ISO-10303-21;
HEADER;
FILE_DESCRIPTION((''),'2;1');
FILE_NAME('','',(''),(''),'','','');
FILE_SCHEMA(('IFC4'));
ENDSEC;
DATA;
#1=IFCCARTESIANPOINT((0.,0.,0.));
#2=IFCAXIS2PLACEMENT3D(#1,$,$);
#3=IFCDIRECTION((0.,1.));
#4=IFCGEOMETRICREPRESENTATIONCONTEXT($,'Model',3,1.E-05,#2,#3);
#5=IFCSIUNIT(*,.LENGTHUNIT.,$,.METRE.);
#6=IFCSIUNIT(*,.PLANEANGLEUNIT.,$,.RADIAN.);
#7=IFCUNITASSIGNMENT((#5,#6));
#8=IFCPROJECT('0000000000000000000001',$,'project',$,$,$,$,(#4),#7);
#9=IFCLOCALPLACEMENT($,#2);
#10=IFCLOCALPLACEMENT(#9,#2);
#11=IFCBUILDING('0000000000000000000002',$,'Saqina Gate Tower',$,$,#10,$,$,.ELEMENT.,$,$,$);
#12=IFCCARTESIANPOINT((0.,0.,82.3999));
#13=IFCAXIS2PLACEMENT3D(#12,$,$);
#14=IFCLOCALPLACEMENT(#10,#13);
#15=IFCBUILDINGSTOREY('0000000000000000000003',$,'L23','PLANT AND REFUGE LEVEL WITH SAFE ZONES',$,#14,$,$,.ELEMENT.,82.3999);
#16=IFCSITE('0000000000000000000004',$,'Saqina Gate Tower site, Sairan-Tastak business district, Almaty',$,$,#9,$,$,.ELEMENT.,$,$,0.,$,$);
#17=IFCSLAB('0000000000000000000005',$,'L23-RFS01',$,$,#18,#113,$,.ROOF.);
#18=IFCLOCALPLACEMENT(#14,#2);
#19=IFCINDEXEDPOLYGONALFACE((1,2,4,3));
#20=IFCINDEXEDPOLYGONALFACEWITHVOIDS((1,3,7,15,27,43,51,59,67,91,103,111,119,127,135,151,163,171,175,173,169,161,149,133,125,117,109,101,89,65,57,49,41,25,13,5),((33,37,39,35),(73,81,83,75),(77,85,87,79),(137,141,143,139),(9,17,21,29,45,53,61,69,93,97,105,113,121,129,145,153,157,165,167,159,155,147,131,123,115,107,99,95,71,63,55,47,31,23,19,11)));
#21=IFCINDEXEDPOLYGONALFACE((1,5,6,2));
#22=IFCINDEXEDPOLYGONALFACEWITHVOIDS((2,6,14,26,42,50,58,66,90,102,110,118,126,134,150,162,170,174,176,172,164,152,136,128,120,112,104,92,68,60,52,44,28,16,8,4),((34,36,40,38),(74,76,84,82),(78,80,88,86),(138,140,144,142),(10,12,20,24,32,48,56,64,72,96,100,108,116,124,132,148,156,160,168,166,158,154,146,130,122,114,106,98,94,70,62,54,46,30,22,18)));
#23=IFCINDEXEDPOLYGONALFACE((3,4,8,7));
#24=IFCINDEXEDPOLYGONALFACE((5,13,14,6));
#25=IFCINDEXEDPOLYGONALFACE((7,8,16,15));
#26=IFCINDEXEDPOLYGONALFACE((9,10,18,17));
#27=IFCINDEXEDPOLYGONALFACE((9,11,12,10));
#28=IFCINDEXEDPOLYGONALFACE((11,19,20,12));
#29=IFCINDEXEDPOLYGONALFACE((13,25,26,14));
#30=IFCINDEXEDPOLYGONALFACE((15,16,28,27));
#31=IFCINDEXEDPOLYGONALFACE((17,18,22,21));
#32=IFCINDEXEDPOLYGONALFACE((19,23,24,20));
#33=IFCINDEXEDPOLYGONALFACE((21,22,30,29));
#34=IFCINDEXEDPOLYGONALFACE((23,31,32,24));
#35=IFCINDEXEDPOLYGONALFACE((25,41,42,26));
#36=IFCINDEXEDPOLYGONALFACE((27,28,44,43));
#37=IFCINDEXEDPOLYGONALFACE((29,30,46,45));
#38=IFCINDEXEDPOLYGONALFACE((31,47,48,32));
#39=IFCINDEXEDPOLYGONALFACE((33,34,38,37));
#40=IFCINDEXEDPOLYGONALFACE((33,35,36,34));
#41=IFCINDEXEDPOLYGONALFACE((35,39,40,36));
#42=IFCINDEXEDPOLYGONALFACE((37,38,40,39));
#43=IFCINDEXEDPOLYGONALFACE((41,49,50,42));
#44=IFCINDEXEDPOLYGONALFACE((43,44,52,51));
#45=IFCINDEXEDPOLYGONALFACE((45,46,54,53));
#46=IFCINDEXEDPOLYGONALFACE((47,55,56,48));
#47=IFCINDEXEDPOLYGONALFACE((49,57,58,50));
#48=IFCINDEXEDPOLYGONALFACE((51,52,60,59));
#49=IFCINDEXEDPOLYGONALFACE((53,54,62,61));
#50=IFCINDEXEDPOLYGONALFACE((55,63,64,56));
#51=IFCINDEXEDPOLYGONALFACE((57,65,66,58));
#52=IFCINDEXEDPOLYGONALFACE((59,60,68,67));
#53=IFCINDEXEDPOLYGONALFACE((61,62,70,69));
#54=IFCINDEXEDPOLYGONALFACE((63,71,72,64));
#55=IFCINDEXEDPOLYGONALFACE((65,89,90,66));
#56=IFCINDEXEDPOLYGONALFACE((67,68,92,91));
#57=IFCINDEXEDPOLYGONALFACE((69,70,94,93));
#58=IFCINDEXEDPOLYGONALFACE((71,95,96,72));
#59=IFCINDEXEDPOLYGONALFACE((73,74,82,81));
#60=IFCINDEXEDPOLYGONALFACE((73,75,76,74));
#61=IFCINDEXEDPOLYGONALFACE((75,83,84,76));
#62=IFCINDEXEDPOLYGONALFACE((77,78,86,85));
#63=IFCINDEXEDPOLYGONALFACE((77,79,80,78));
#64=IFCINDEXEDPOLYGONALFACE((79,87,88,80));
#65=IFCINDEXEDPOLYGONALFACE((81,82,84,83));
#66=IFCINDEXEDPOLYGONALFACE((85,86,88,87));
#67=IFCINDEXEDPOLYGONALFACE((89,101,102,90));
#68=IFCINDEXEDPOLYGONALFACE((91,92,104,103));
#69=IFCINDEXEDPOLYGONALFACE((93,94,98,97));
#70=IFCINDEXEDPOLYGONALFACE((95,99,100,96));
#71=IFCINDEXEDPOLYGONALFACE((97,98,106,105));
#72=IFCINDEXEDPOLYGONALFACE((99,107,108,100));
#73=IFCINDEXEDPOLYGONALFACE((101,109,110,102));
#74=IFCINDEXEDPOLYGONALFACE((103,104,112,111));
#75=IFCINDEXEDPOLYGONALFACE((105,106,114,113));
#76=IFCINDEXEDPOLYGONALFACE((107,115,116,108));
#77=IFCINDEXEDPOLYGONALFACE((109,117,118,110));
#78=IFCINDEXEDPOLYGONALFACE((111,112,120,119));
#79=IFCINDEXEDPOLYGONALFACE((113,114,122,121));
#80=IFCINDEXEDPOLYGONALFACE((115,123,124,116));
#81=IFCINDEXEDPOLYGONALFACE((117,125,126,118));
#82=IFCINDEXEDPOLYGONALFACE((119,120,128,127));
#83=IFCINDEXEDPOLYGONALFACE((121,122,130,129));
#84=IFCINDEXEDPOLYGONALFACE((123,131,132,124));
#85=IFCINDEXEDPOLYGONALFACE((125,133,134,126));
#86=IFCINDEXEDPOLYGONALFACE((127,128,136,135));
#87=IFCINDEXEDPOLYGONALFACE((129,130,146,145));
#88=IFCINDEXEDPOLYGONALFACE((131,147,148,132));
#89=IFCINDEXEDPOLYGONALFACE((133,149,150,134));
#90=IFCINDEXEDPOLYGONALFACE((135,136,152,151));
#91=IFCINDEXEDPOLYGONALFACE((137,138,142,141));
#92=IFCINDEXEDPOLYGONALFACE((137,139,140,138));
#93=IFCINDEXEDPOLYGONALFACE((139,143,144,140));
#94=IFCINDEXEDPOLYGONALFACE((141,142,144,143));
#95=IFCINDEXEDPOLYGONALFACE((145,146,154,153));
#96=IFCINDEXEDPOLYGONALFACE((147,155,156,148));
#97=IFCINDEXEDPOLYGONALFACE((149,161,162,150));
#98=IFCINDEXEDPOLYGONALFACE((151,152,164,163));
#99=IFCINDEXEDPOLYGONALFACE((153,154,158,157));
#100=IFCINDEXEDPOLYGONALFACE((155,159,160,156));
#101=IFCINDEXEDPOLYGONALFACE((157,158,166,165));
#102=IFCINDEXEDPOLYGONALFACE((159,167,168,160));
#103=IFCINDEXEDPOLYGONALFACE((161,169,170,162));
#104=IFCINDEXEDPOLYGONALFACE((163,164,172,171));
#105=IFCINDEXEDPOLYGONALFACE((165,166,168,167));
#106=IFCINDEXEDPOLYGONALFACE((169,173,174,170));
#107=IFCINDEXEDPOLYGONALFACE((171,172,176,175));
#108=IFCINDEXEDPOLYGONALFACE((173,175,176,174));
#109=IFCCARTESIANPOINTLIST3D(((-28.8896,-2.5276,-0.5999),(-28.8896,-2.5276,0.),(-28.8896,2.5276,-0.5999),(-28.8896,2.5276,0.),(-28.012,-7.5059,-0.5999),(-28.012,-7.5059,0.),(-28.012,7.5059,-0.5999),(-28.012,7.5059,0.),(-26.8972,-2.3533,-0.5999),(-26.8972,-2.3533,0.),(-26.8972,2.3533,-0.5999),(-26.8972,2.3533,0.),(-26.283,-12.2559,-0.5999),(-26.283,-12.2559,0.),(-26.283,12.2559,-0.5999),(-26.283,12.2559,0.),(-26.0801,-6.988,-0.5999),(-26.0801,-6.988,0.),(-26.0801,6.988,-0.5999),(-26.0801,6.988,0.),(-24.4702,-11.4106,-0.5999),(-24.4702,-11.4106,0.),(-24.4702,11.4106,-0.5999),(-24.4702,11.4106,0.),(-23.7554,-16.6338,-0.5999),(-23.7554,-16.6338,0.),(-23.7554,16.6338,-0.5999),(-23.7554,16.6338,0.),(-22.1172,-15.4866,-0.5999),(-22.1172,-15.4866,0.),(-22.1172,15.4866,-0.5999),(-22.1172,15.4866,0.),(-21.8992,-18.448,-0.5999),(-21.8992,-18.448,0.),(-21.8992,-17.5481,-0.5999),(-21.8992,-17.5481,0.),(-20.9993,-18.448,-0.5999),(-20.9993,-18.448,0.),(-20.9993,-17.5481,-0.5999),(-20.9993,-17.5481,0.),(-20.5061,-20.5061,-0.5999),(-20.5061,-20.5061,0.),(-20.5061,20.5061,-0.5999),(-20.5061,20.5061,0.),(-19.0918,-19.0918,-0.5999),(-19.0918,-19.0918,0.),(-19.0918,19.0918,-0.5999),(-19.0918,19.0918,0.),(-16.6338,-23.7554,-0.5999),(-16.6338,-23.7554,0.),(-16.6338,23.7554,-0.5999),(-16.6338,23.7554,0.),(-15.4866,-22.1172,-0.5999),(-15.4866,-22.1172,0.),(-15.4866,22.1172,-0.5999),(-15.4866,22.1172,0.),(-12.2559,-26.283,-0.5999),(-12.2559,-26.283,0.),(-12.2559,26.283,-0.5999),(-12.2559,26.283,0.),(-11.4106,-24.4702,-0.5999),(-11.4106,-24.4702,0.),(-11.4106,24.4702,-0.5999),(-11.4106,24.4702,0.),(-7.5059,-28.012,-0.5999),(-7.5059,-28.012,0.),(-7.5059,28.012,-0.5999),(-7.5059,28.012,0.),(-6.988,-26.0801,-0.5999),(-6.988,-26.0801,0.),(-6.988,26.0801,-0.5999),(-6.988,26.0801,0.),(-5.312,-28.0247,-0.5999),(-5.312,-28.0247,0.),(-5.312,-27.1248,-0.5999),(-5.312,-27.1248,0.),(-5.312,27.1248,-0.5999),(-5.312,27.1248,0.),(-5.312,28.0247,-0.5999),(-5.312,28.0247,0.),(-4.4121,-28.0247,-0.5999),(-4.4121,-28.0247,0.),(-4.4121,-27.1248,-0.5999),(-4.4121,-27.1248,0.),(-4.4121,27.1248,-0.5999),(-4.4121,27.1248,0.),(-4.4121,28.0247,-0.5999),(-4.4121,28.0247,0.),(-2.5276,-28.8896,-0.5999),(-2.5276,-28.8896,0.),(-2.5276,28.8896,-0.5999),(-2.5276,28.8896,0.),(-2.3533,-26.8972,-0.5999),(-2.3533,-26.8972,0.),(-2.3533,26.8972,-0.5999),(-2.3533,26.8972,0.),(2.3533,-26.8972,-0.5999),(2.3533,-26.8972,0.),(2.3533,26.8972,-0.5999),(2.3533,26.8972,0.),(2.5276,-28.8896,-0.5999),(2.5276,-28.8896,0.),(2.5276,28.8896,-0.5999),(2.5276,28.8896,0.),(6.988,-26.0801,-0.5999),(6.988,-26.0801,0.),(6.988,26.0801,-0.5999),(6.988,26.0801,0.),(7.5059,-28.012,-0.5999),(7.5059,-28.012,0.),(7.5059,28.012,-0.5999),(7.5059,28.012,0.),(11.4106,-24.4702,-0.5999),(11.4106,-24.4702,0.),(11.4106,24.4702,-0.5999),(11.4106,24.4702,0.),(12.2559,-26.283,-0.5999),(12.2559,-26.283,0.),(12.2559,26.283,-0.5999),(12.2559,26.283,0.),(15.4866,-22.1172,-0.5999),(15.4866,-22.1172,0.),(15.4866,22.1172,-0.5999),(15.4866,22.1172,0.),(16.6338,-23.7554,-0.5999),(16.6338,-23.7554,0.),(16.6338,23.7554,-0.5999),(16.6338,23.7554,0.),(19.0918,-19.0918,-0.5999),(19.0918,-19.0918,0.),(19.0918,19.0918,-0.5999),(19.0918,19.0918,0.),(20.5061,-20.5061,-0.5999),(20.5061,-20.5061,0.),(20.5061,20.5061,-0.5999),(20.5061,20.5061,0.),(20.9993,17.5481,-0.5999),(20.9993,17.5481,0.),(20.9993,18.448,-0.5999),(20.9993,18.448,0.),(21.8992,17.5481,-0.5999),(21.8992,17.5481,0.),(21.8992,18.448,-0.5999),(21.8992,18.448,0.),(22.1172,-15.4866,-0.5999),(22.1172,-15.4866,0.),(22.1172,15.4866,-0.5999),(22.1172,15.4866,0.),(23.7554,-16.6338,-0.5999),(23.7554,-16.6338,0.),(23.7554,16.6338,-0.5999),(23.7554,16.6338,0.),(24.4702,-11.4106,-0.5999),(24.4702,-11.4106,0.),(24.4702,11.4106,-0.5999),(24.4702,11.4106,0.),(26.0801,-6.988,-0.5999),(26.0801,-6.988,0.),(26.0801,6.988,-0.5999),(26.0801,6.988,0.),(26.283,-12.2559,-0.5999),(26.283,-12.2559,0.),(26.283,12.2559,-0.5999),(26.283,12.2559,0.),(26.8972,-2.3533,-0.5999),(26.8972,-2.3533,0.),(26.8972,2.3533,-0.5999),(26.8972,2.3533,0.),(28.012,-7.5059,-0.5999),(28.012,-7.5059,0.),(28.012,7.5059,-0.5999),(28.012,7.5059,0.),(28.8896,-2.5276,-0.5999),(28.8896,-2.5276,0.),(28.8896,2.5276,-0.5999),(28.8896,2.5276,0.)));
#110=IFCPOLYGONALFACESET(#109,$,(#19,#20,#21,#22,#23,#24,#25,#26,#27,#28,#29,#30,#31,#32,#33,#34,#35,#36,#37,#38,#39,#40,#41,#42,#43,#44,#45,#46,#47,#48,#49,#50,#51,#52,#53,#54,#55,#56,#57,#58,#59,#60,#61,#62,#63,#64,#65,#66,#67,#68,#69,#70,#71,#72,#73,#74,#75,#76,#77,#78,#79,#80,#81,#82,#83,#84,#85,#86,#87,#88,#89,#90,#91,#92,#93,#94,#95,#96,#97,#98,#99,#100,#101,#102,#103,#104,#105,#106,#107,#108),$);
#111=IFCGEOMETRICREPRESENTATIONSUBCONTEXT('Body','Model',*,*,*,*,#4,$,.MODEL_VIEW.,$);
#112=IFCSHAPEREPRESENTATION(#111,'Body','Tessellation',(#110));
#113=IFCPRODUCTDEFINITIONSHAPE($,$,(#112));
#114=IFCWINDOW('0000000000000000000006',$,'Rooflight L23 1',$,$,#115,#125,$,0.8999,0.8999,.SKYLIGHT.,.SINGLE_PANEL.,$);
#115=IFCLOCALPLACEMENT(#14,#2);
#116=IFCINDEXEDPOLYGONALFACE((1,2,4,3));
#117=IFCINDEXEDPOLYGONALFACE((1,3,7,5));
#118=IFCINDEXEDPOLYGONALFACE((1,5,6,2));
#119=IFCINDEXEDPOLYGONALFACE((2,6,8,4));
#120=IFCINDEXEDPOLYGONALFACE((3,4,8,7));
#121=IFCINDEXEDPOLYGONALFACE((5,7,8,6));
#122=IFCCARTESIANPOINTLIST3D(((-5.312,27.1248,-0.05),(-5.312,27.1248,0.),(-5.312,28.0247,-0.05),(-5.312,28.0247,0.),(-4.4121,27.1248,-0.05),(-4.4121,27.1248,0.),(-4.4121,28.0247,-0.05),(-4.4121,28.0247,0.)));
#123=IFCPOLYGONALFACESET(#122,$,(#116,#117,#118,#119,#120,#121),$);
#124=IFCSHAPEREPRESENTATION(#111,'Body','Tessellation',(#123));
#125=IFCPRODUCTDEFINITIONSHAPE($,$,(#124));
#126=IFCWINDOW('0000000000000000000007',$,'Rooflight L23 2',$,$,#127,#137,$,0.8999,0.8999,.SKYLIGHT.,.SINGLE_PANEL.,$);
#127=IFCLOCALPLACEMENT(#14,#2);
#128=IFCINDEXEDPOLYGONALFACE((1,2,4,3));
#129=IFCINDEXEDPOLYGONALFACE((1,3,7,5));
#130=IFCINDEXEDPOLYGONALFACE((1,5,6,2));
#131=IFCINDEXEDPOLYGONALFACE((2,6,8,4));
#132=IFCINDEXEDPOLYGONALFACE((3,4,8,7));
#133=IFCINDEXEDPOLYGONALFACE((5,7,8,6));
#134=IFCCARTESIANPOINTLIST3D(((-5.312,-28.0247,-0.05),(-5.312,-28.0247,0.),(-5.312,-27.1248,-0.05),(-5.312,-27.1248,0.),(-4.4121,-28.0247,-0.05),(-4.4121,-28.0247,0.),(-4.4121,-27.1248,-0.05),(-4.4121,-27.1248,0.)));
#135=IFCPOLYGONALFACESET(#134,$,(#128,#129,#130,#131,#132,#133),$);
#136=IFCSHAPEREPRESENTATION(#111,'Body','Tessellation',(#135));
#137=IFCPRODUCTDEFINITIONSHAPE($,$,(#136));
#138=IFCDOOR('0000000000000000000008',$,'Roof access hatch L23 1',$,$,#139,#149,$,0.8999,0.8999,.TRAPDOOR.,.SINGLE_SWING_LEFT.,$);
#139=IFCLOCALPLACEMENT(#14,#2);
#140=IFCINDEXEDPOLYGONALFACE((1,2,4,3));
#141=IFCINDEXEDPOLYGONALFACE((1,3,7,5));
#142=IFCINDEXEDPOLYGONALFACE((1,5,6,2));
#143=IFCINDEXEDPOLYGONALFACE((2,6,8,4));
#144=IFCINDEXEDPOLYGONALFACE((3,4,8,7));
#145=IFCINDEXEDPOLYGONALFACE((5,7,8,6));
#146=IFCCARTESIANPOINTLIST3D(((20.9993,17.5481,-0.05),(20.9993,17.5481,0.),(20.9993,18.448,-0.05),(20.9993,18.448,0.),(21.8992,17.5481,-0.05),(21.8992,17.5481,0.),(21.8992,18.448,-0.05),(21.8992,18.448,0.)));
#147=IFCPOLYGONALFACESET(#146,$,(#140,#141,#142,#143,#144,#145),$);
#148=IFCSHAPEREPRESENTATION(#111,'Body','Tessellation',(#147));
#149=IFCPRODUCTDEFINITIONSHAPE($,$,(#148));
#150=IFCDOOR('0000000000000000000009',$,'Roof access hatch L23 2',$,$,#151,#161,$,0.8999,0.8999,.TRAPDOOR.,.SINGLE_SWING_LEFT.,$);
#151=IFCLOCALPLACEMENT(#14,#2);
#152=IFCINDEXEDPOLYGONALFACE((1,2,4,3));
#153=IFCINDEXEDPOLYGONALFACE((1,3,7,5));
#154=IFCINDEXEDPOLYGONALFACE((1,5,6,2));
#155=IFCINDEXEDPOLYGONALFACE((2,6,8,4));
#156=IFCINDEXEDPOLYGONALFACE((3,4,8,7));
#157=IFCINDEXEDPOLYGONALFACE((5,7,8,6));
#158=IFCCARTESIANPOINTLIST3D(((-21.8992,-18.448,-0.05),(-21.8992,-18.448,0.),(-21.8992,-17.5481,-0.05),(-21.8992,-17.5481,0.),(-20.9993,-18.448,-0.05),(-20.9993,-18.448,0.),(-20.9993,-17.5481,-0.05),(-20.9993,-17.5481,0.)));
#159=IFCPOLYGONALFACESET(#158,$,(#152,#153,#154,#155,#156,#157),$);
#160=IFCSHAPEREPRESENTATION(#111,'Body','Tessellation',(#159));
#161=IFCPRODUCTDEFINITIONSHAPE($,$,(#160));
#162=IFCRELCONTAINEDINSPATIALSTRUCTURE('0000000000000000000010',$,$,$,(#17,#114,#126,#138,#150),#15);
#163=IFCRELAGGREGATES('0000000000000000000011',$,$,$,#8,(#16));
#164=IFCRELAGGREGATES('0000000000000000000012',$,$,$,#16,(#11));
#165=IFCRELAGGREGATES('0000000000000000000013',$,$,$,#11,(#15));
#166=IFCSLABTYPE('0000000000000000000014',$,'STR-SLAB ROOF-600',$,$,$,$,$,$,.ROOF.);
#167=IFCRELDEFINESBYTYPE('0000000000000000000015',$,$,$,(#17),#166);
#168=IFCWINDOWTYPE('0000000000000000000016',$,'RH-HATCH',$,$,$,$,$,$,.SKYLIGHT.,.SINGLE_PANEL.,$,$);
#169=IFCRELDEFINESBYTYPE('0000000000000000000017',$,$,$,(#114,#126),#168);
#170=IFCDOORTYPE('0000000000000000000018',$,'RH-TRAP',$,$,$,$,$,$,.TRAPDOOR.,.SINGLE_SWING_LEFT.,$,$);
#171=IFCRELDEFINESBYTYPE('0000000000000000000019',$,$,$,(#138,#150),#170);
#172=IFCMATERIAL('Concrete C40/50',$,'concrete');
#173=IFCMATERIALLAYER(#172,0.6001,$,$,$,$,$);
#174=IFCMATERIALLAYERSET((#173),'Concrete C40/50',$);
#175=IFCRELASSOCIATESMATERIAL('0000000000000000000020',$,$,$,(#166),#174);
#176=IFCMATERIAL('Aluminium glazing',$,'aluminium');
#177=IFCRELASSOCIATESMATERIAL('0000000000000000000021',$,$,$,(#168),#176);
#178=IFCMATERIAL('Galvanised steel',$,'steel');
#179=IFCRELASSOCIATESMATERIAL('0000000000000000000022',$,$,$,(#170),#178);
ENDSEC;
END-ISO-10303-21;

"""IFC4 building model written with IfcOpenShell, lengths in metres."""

from ifc_helpers import new_model, si_unit, direction, frame, origin, origin_2d, place, context, subcontext, project, spatial, polyline, rectangle, outline, extrude, material, layer, layer_set, type_object, element, fill, save


model = new_model("IFC4")

# Units and contexts
model_context = context("Model", 3, precision=1e-05, world=origin(), true_north=direction((0.0, 1.0)))
body_context = subcontext(model_context, "Body", "Model", "MODEL_VIEW")
ifc_project = project(units=[si_unit("LENGTHUNIT", "METRE"), si_unit("PLANEANGLEUNIT", "RADIAN")], contexts=[model_context])

# Site, building, storey
site_placement = place(None, origin())
site = spatial("IfcSite", under=ifc_project, at=site_placement, Name="Saqina Gate Tower site, Sairan-Tastak business district, Almaty", CompositionType="ELEMENT", RefElevation=0.0)
building_placement = place(site_placement, origin())
building = spatial("IfcBuilding", under=site, at=building_placement, Name="Saqina Gate Tower", CompositionType="ELEMENT")
storey_placement = place(building_placement, frame((0.0, 0.0, 82.3999)))
storey = spatial("IfcBuildingStorey", under=building, at=storey_placement, Name="L23", Description="PLANT AND REFUGE LEVEL WITH SAFE ZONES", CompositionType="ELEMENT", Elevation=82.3999)

# Slab, openings, windows, doors
ifc_material_1 = material(Name="Concrete C40/50", Category="concrete")
ifc_layer_1 = layer(ifc_material_1, 0.6001)
ifc_layer_set_1 = layer_set([ifc_layer_1], Name="Concrete C40/50")
slab_type_1 = type_object("IfcSlabType", Name="STR-SLAB ROOF-600", PredefinedType="ROOF", material=ifc_layer_set_1)
slab_1_placement = place(storey_placement, frame((0.0, 0.0, -0.5999)))
slab_1 = element("IfcSlab", 1, at=slab_1_placement, inside=storey, type_object=slab_type_1, Name="L23-RFS01", PredefinedType="ROOF", context=body_context, shape_type="SweptSolid", body=[
    extrude(outline(polyline([(28.8896, 2.5276), (28.012, 7.5059), (26.283, 12.2559), (23.7554, 16.6338), (20.5061, 20.5061), (16.6338, 23.7554), (12.2559, 26.283), (7.5059, 28.012), (2.5276, 28.8896), (-2.5276, 28.8896), (-7.5059, 28.012), (-12.2559, 26.283), (-16.6338, 23.7554), (-20.5061, 20.5061), (-23.7554, 16.6338), (-26.283, 12.2559), (-28.012, 7.5059), (-28.8896, 2.5276), (-28.8896, -2.5276), (-28.012, -7.5059), (-26.283, -12.2559), (-23.7554, -16.6338), (-20.5061, -20.5061), (-16.6338, -23.7554), (-12.2559, -26.283), (-7.5059, -28.012), (-2.5276, -28.8896), (2.5276, -28.8896), (7.5059, -28.012), (12.2559, -26.283), (16.6338, -23.7554), (20.5061, -20.5061), (23.7554, -16.6338), (26.283, -12.2559), (28.012, -7.5059), (28.8896, -2.5276), (28.8896, 2.5276)]), holes=[polyline([(26.8972, 2.3533), (26.8972, -2.3533), (26.0801, -6.988), (24.4702, -11.4106), (22.1172, -15.4866), (19.0918, -19.0918), (15.4866, -22.1172), (11.4106, -24.4702), (6.988, -26.0801), (2.3533, -26.8972), (-2.3533, -26.8972), (-6.988, -26.0801), (-11.4106, -24.4702), (-15.4866, -22.1172), (-19.0918, -19.0918), (-22.1172, -15.4866), (-24.4702, -11.4106), (-26.0801, -6.988), (-26.8972, -2.3533), (-26.8972, 2.3533), (-26.0801, 6.988), (-24.4702, 11.4106), (-22.1172, 15.4866), (-19.0918, 19.0918), (-15.4866, 22.1172), (-11.4106, 24.4702), (-6.988, 26.0801), (-2.3533, 26.8972), (2.3533, 26.8972), (6.988, 26.0801), (11.4106, 24.4702), (15.4866, 22.1172), (19.0918, 19.0918), (22.1172, 15.4866), (24.4702, 11.4106), (26.0801, 6.988), (26.8972, 2.3533)])]), origin(), (0.0, 0.0, 1.0), 0.5999),
])
opening_1_placement = place(slab_1_placement, frame((-4.8621, 27.5747, 0.0)))
opening_1 = element("IfcOpeningElement", 2, at=opening_1_placement, cuts=slab_1, PredefinedType="OPENING", context=body_context, shape_type="SweptSolid", body=[
    extrude(rectangle(XDim=0.8999, YDim=0.8999, at=origin_2d()), frame((0.0, 0.0, -0.012)), (0.0, 0.0, 1.0), 0.6238),
])
opening_2_placement = place(slab_1_placement, frame((-4.8621, -27.5747, 0.0)))
opening_2 = element("IfcOpeningElement", 3, at=opening_2_placement, cuts=slab_1, PredefinedType="OPENING", context=body_context, shape_type="SweptSolid", body=[
    extrude(rectangle(XDim=0.8999, YDim=0.8999, at=origin_2d()), frame((0.0, 0.0, -0.012)), (0.0, 0.0, 1.0), 0.6238),
])
opening_3_placement = place(slab_1_placement, frame((21.4492, 17.998, 0.0)))
opening_3 = element("IfcOpeningElement", 4, at=opening_3_placement, cuts=slab_1, PredefinedType="OPENING", context=body_context, shape_type="SweptSolid", body=[
    extrude(rectangle(XDim=0.8999, YDim=0.8999, at=origin_2d()), frame((0.0, 0.0, -0.012)), (0.0, 0.0, 1.0), 0.6238),
])
opening_4_placement = place(slab_1_placement, frame((-21.4492, -17.998, 0.0)))
opening_4 = element("IfcOpeningElement", 5, at=opening_4_placement, cuts=slab_1, PredefinedType="OPENING", context=body_context, shape_type="SweptSolid", body=[
    extrude(rectangle(XDim=0.8999, YDim=0.8999, at=origin_2d()), frame((0.0, 0.0, -0.012)), (0.0, 0.0, 1.0), 0.6238),
])
ifc_material_2 = material(Name="Aluminium glazing", Category="aluminium")
window_type_1 = type_object("IfcWindowType", Name="RH-HATCH", PartitioningType="SINGLE_PANEL", PredefinedType="SKYLIGHT", material=ifc_material_2)
window_1_placement = place(opening_1_placement, frame((0.0, 0.0, 0.5498)))
window_1 = element("IfcWindow", 6, at=window_1_placement, inside=storey, type_object=window_type_1, Name="Rooflight L23 1", OverallHeight=0.8999, OverallWidth=0.8999, PartitioningType="SINGLE_PANEL", PredefinedType="SKYLIGHT", context=body_context, shape_type="SweptSolid", body=[
    extrude(rectangle(XDim=0.8999, YDim=0.8999, at=origin_2d()), origin(), (0.0, 0.0, 1.0), 0.05),
])
fill(opening_1, window_1)
window_2_placement = place(opening_2_placement, frame((0.0, 0.0, 0.5498)))
window_2 = element("IfcWindow", 7, at=window_2_placement, inside=storey, type_object=window_type_1, Name="Rooflight L23 2", OverallHeight=0.8999, OverallWidth=0.8999, PartitioningType="SINGLE_PANEL", PredefinedType="SKYLIGHT", context=body_context, shape_type="SweptSolid", body=[
    extrude(rectangle(XDim=0.8999, YDim=0.8999, at=origin_2d()), origin(), (0.0, 0.0, 1.0), 0.05),
])
fill(opening_2, window_2)
ifc_material_3 = material(Name="Galvanised steel", Category="steel")
door_type_1 = type_object("IfcDoorType", Name="RH-TRAP", OperationType="SINGLE_SWING_LEFT", PredefinedType="TRAPDOOR", material=ifc_material_3)
door_1_placement = place(opening_3_placement, frame((0.0, 0.0, 0.5498)))
door_1 = element("IfcDoor", 8, at=door_1_placement, inside=storey, type_object=door_type_1, Name="Roof access hatch L23 1", OperationType="SINGLE_SWING_LEFT", OverallHeight=0.8999, OverallWidth=0.8999, PredefinedType="TRAPDOOR", context=body_context, shape_type="SweptSolid", body=[
    extrude(rectangle(XDim=0.8999, YDim=0.8999, at=origin_2d()), origin(), (0.0, 0.0, 1.0), 0.05),
])
fill(opening_3, door_1)
door_2_placement = place(opening_4_placement, frame((0.0, 0.0, 0.5498)))
door_2 = element("IfcDoor", 9, at=door_2_placement, inside=storey, type_object=door_type_1, Name="Roof access hatch L23 2", OperationType="SINGLE_SWING_LEFT", OverallHeight=0.8999, OverallWidth=0.8999, PredefinedType="TRAPDOOR", context=body_context, shape_type="SweptSolid", body=[
    extrude(rectangle(XDim=0.8999, YDim=0.8999, at=origin_2d()), origin(), (0.0, 0.0, 1.0), 0.05),
])
fill(opening_4, door_2)

save(model, "model.ifc")
